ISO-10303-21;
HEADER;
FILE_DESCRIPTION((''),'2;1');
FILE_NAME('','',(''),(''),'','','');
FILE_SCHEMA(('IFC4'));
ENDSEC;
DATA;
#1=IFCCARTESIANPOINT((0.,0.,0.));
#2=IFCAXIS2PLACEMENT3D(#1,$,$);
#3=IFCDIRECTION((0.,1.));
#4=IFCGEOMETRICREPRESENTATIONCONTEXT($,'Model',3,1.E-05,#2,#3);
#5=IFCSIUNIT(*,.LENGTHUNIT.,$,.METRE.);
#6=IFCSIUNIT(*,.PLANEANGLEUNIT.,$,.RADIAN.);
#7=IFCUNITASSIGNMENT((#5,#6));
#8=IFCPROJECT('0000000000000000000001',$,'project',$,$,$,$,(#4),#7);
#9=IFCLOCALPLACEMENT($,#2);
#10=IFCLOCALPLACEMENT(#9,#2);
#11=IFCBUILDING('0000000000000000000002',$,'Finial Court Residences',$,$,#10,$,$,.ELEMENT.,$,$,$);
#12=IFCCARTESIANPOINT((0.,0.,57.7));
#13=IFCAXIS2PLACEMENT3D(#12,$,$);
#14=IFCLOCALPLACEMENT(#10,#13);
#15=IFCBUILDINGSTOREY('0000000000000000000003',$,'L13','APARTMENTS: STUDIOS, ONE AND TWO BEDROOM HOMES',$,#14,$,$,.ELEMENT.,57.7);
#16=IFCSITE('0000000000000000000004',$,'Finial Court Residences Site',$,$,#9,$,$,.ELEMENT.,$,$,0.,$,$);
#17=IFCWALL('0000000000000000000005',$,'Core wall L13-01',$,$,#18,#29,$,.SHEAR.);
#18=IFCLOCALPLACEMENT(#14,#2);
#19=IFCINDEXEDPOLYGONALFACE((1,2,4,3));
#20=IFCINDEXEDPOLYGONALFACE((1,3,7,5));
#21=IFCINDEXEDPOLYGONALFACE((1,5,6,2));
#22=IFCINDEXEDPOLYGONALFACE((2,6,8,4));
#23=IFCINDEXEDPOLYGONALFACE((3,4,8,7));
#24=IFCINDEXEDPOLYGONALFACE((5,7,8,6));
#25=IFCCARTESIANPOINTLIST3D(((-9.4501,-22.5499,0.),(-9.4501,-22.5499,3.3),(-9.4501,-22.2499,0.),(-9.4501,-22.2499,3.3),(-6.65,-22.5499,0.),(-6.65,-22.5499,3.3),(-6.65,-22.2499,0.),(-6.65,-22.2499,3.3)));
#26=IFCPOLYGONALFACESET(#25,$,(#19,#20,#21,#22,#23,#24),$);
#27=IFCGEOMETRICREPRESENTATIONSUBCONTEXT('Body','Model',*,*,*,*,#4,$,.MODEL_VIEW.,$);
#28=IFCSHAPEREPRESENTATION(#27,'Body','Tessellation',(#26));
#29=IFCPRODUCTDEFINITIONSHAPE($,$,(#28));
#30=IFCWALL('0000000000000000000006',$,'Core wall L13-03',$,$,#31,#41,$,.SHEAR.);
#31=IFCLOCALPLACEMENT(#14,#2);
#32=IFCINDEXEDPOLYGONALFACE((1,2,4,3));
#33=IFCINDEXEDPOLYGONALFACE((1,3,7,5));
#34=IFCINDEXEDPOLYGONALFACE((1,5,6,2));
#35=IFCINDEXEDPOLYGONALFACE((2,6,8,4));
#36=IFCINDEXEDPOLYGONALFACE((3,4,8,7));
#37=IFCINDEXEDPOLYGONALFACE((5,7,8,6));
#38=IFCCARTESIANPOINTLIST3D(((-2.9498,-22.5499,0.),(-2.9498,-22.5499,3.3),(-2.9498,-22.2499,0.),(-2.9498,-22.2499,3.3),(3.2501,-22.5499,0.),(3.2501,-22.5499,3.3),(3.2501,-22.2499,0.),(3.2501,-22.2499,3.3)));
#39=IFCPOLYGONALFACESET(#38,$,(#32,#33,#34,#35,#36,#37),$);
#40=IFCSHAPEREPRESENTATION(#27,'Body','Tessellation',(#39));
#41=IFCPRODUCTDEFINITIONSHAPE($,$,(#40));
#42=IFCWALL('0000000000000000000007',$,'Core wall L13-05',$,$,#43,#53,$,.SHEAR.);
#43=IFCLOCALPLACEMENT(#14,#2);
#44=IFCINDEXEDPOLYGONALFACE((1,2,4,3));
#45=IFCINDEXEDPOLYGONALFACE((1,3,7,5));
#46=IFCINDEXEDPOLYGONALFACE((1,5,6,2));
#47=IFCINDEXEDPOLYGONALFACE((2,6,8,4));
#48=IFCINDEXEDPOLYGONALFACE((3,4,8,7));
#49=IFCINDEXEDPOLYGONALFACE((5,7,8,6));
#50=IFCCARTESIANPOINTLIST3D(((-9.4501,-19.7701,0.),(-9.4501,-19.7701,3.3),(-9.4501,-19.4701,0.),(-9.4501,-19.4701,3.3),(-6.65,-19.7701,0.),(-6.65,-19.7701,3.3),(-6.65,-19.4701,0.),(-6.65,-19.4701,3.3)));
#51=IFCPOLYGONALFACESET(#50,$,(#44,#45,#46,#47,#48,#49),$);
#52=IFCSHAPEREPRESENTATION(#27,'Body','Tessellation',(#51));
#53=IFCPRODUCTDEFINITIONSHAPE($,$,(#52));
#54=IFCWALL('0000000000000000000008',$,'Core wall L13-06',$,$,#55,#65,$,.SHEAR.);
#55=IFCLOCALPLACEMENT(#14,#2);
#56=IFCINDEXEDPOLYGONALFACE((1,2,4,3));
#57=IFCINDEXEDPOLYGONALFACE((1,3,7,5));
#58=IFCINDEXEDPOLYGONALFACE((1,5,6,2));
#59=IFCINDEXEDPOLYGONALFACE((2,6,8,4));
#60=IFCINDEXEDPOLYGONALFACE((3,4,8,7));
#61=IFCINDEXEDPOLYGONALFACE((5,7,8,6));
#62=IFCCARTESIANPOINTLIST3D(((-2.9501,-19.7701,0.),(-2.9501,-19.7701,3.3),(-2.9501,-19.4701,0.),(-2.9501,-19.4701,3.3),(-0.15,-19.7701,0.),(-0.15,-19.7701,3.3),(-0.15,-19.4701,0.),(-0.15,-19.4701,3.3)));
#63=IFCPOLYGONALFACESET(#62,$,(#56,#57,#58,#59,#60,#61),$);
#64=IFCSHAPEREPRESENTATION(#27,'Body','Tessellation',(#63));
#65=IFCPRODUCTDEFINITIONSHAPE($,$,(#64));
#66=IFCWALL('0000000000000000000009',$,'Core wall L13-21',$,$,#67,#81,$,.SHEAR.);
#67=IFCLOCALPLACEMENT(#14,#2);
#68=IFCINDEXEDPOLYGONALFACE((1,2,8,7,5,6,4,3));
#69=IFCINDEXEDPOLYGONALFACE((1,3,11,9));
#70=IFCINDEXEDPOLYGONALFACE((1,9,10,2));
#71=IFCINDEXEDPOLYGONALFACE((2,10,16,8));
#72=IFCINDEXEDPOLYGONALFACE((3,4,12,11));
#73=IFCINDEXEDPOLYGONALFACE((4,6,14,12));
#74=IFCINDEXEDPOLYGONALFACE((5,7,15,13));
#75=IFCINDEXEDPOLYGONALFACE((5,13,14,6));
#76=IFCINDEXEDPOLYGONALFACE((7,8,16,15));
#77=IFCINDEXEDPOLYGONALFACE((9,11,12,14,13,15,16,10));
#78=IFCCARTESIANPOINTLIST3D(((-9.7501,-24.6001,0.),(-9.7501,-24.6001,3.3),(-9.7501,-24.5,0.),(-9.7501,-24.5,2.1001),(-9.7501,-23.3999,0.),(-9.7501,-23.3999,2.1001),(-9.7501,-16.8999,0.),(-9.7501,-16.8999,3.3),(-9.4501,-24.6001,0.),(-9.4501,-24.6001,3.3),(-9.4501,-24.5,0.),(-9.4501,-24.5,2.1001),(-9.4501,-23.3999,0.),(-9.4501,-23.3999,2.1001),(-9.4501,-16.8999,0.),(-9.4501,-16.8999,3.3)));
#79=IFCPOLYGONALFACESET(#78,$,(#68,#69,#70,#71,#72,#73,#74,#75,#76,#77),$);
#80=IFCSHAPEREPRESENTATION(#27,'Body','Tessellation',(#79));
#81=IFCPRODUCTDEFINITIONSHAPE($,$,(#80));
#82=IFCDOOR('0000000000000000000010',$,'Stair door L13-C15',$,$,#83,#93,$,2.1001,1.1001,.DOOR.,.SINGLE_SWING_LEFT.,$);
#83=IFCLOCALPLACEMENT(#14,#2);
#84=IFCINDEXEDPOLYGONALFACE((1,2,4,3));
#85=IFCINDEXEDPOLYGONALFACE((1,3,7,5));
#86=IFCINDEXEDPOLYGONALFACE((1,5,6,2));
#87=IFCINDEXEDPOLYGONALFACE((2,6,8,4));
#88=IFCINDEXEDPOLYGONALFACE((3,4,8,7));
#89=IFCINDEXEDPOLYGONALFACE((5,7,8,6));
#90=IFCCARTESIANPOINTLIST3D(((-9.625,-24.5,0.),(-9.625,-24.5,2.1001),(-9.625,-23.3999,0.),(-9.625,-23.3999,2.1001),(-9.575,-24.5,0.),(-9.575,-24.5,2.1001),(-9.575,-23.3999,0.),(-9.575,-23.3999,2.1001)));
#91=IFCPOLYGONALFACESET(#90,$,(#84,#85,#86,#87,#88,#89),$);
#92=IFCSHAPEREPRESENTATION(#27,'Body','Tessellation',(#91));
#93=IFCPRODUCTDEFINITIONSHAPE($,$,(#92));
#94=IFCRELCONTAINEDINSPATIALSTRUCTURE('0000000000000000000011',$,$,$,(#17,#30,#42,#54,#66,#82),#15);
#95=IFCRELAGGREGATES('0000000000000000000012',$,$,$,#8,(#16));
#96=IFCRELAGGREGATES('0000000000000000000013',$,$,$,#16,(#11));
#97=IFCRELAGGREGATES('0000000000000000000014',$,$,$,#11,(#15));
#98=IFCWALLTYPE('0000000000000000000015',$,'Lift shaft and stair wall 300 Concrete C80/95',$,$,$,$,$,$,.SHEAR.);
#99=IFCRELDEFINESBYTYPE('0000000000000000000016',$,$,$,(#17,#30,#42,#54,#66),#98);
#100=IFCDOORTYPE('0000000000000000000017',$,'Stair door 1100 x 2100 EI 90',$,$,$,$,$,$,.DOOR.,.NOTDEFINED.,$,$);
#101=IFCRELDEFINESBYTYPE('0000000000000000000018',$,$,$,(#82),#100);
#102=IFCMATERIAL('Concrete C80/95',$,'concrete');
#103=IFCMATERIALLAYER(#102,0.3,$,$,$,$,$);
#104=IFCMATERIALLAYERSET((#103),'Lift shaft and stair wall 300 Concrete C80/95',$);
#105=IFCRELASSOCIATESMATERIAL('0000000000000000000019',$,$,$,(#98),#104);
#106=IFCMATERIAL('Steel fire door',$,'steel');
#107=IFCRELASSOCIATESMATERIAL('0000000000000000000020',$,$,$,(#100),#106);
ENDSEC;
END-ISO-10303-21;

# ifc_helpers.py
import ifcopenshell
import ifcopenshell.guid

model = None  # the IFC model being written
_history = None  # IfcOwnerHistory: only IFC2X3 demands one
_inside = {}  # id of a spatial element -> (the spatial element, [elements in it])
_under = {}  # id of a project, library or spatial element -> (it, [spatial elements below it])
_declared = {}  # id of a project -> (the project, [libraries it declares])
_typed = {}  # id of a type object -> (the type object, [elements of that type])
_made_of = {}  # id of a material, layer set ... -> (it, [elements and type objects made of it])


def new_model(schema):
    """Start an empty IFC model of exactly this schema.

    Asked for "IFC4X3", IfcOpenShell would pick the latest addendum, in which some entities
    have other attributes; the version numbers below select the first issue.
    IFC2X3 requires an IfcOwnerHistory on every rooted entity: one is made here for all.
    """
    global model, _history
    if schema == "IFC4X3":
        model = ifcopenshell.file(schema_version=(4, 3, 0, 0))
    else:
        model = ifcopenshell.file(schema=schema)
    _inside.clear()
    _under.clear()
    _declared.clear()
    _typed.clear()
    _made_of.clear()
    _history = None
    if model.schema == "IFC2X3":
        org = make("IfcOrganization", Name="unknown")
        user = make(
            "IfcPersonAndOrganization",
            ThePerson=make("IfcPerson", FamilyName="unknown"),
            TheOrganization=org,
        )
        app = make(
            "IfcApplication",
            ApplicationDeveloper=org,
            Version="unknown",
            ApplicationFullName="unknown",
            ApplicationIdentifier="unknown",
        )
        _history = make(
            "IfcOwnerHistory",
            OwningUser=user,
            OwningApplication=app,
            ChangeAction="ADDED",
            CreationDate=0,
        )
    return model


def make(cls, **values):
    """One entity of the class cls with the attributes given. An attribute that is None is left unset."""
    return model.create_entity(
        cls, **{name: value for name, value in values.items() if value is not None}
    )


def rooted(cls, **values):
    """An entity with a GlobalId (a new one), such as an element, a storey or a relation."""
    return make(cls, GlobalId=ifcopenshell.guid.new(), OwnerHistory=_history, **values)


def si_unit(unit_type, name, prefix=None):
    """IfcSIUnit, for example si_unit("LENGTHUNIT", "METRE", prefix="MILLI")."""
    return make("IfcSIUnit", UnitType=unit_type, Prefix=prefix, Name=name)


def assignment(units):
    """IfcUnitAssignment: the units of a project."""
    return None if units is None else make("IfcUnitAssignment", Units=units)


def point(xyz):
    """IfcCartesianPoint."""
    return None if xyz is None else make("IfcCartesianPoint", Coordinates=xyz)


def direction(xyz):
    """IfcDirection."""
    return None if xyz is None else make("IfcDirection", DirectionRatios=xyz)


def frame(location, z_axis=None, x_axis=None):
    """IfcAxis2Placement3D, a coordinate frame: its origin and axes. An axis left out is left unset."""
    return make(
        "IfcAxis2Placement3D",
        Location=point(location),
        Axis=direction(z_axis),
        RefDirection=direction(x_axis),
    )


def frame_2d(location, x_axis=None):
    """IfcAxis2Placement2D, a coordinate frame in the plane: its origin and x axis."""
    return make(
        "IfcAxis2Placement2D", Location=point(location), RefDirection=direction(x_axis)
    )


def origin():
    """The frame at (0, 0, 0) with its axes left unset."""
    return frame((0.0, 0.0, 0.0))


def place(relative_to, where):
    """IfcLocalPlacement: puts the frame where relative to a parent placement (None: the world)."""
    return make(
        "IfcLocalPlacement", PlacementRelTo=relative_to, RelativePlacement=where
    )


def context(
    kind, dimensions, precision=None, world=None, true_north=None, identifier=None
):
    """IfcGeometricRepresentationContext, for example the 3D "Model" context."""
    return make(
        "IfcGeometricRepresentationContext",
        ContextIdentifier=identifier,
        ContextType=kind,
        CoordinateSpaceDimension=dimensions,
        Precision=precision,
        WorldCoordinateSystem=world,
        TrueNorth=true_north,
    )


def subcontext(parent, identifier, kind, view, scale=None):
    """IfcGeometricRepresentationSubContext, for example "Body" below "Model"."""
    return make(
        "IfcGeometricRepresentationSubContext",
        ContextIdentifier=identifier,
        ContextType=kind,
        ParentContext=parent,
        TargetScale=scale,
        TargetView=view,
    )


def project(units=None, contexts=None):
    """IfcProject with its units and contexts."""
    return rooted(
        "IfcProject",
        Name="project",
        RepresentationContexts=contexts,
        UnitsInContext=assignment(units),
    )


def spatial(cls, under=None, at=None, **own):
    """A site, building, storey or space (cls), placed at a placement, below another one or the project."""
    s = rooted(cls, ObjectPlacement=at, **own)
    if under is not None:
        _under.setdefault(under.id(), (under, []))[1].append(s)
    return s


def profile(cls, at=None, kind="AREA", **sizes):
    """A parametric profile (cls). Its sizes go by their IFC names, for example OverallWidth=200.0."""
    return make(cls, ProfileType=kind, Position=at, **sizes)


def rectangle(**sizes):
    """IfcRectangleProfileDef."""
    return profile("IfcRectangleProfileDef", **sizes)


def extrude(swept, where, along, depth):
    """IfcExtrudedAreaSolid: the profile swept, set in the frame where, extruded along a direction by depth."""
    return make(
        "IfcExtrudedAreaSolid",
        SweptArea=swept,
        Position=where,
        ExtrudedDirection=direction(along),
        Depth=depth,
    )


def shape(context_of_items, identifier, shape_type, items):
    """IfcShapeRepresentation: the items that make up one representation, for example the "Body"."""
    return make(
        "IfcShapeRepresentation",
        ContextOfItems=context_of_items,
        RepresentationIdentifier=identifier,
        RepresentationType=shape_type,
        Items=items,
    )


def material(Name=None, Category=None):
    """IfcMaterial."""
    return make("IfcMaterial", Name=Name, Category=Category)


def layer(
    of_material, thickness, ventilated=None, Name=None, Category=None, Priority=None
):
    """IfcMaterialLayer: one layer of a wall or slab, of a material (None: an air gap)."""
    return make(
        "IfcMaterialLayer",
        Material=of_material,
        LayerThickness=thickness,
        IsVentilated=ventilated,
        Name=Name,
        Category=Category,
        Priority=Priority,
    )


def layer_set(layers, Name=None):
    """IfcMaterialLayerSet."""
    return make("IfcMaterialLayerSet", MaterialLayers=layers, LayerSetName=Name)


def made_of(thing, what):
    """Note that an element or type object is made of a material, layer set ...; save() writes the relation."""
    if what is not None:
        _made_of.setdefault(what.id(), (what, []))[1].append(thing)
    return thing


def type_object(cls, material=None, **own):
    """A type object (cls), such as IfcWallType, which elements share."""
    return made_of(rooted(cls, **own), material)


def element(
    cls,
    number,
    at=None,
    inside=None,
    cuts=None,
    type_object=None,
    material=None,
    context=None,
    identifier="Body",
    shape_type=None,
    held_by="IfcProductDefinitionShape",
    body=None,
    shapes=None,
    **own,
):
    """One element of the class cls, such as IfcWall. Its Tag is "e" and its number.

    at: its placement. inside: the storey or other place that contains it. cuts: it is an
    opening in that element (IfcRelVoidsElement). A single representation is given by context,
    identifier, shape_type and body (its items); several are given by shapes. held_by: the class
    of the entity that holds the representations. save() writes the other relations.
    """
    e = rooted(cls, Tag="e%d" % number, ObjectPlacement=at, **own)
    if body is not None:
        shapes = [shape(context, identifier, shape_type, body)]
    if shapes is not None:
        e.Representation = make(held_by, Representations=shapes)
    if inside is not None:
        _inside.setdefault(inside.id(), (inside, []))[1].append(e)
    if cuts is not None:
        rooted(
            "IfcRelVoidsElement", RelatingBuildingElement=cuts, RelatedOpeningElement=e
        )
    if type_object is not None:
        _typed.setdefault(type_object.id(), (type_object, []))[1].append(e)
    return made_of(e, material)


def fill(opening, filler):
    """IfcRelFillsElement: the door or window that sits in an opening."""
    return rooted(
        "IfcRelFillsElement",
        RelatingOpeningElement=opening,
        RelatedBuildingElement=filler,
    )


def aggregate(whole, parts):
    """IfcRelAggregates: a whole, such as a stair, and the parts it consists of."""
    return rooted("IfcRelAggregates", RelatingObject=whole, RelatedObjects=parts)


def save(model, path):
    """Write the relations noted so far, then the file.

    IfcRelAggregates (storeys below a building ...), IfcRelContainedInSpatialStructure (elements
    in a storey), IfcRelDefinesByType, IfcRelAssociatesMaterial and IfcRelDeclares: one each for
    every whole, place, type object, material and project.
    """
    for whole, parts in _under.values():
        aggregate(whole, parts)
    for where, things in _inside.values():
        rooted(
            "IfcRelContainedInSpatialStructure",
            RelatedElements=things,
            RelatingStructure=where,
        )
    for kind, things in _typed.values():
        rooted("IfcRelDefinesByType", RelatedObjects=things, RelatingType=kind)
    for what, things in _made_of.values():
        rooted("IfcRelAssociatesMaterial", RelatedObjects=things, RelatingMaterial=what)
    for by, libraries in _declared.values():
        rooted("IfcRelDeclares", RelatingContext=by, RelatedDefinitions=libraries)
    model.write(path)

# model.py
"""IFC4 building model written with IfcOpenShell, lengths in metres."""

from ifc_helpers import new_model, si_unit, direction, frame, frame_2d, origin, place, context, subcontext, project, spatial, rectangle, extrude, material, layer, layer_set, type_object, element, fill, save


model = new_model("IFC4")

# Units and contexts
model_context = context("Model", 3, precision=1e-05, world=origin(), true_north=direction((0.0, 1.0)))
body_context = subcontext(model_context, "Body", "Model", "MODEL_VIEW")
ifc_project = project(units=[si_unit("LENGTHUNIT", "METRE"), si_unit("PLANEANGLEUNIT", "RADIAN")], contexts=[model_context])

# Site, building, storey
site_placement = place(None, origin())
site = spatial("IfcSite", under=ifc_project, at=site_placement, Name="Finial Court Residences Site", CompositionType="ELEMENT", RefElevation=0.0)
building_placement = place(site_placement, origin())
building = spatial("IfcBuilding", under=site, at=building_placement, Name="Finial Court Residences", CompositionType="ELEMENT")
storey_placement = place(building_placement, frame((0.0, 0.0, 57.7)))
storey = spatial("IfcBuildingStorey", under=building, at=storey_placement, Name="L13", Description="APARTMENTS: STUDIOS, ONE AND TWO BEDROOM HOMES", CompositionType="ELEMENT", Elevation=57.7)

# Walls
ifc_material_1 = material(Name="Concrete C80/95", Category="concrete")
ifc_layer_1 = layer(ifc_material_1, 0.3)
ifc_layer_set_1 = layer_set([ifc_layer_1], Name="Lift shaft and stair wall 300 Concrete C80/95")
wall_type_1 = type_object("IfcWallType", Name="Lift shaft and stair wall 300 Concrete C80/95", PredefinedType="SHEAR", material=ifc_layer_set_1)
wall_1_placement = place(storey_placement, frame((-9.45, -22.3999, 0.0), z_axis=(0.0, 0.0, 1.0), x_axis=(1.0, 0.0, 0.0)))
element("IfcWall", 1, at=wall_1_placement, inside=storey, type_object=wall_type_1, Name="Core wall L13-01", PredefinedType="SHEAR", context=body_context, shape_type="SweptSolid", body=[
    extrude(rectangle(XDim=2.8, YDim=0.3, at=frame_2d((1.3999, 0.0))), origin(), (0.0, 0.0, 1.0), 3.3),
])
wall_2_placement = place(storey_placement, frame((-2.95, -22.3999, 0.0), z_axis=(0.0, 0.0, 1.0), x_axis=(1.0, 0.0, 0.0)))
element("IfcWall", 2, at=wall_2_placement, inside=storey, type_object=wall_type_1, Name="Core wall L13-03", PredefinedType="SHEAR", context=body_context, shape_type="SweptSolid", body=[
    extrude(rectangle(XDim=6.2, YDim=0.3, at=frame_2d((3.1001, 0.0))), origin(), (0.0, 0.0, 1.0), 3.3),
])
for number, where, z_axis, x_axis, name in (
    (3, (-9.45, -19.6201, 0.0), (0.0, 0.0, 1.0), (1.0, 0.0, 0.0), "Core wall L13-05"),
    (4, (-2.95, -19.6201, 0.0), (0.0, 0.0, 1.0), (1.0, 0.0, 0.0), "Core wall L13-06"),
):
    element("IfcWall", number, at=place(storey_placement, frame(where, z_axis=z_axis, x_axis=x_axis)), inside=storey, type_object=wall_type_1, Name=name, PredefinedType="SHEAR", context=body_context, shape_type="SweptSolid", body=[
        extrude(rectangle(XDim=2.8, YDim=0.3, at=frame_2d((1.3999, 0.0))), origin(), (0.0, 0.0, 1.0), 3.3),
    ])

# Wall, opening, door
wall_3_placement = place(storey_placement, frame((-9.6001, -24.6001, 0.0), z_axis=(0.0, 0.0, 1.0), x_axis=(0.0, 1.0, 0.0)))
wall_3 = element("IfcWall", 5, at=wall_3_placement, inside=storey, type_object=wall_type_1, Name="Core wall L13-21", PredefinedType="SHEAR", context=body_context, shape_type="SweptSolid", body=[
    extrude(rectangle(XDim=7.7002, YDim=0.3, at=frame_2d((3.8501, 0.0))), origin(), (0.0, 0.0, 1.0), 3.3),
])
opening_1_placement = place(wall_3_placement, frame((0.1001, 0.0, 0.0)))
opening_1 = element("IfcOpeningElement", 6, at=opening_1_placement, cuts=wall_3, PredefinedType="OPENING", context=body_context, shape_type="SweptSolid", body=[
    extrude(rectangle(XDim=1.1001, YDim=2.1001, at=frame_2d((0.55, 1.05))), frame((0.0, 0.1599, 0.0), z_axis=(0.0, -1.0, 0.0), x_axis=(1.0, 0.0, 0.0)), (0.0, 0.0, 1.0), 0.3201),
])
ifc_material_2 = material(Name="Steel fire door", Category="steel")
door_type_1 = type_object("IfcDoorType", Name="Stair door 1100 x 2100 EI 90", OperationType="NOTDEFINED", PredefinedType="DOOR", material=ifc_material_2)
door_1_placement = place(opening_1_placement, origin())
door_1 = element("IfcDoor", 7, at=door_1_placement, inside=storey, type_object=door_type_1, Name="Stair door L13-C15", OperationType="SINGLE_SWING_LEFT", OverallHeight=2.1001, OverallWidth=1.1001, PredefinedType="DOOR", context=body_context, shape_type="SweptSolid", body=[
    extrude(rectangle(XDim=1.1001, YDim=2.1001, at=frame_2d((0.55, 1.05))), frame((0.0, 0.0249, 0.0), z_axis=(0.0, -1.0, 0.0), x_axis=(1.0, 0.0, 0.0)), (0.0, 0.0, 1.0), 0.05),
])
fill(opening_1, door_1)

save(model, "model.ifc")
